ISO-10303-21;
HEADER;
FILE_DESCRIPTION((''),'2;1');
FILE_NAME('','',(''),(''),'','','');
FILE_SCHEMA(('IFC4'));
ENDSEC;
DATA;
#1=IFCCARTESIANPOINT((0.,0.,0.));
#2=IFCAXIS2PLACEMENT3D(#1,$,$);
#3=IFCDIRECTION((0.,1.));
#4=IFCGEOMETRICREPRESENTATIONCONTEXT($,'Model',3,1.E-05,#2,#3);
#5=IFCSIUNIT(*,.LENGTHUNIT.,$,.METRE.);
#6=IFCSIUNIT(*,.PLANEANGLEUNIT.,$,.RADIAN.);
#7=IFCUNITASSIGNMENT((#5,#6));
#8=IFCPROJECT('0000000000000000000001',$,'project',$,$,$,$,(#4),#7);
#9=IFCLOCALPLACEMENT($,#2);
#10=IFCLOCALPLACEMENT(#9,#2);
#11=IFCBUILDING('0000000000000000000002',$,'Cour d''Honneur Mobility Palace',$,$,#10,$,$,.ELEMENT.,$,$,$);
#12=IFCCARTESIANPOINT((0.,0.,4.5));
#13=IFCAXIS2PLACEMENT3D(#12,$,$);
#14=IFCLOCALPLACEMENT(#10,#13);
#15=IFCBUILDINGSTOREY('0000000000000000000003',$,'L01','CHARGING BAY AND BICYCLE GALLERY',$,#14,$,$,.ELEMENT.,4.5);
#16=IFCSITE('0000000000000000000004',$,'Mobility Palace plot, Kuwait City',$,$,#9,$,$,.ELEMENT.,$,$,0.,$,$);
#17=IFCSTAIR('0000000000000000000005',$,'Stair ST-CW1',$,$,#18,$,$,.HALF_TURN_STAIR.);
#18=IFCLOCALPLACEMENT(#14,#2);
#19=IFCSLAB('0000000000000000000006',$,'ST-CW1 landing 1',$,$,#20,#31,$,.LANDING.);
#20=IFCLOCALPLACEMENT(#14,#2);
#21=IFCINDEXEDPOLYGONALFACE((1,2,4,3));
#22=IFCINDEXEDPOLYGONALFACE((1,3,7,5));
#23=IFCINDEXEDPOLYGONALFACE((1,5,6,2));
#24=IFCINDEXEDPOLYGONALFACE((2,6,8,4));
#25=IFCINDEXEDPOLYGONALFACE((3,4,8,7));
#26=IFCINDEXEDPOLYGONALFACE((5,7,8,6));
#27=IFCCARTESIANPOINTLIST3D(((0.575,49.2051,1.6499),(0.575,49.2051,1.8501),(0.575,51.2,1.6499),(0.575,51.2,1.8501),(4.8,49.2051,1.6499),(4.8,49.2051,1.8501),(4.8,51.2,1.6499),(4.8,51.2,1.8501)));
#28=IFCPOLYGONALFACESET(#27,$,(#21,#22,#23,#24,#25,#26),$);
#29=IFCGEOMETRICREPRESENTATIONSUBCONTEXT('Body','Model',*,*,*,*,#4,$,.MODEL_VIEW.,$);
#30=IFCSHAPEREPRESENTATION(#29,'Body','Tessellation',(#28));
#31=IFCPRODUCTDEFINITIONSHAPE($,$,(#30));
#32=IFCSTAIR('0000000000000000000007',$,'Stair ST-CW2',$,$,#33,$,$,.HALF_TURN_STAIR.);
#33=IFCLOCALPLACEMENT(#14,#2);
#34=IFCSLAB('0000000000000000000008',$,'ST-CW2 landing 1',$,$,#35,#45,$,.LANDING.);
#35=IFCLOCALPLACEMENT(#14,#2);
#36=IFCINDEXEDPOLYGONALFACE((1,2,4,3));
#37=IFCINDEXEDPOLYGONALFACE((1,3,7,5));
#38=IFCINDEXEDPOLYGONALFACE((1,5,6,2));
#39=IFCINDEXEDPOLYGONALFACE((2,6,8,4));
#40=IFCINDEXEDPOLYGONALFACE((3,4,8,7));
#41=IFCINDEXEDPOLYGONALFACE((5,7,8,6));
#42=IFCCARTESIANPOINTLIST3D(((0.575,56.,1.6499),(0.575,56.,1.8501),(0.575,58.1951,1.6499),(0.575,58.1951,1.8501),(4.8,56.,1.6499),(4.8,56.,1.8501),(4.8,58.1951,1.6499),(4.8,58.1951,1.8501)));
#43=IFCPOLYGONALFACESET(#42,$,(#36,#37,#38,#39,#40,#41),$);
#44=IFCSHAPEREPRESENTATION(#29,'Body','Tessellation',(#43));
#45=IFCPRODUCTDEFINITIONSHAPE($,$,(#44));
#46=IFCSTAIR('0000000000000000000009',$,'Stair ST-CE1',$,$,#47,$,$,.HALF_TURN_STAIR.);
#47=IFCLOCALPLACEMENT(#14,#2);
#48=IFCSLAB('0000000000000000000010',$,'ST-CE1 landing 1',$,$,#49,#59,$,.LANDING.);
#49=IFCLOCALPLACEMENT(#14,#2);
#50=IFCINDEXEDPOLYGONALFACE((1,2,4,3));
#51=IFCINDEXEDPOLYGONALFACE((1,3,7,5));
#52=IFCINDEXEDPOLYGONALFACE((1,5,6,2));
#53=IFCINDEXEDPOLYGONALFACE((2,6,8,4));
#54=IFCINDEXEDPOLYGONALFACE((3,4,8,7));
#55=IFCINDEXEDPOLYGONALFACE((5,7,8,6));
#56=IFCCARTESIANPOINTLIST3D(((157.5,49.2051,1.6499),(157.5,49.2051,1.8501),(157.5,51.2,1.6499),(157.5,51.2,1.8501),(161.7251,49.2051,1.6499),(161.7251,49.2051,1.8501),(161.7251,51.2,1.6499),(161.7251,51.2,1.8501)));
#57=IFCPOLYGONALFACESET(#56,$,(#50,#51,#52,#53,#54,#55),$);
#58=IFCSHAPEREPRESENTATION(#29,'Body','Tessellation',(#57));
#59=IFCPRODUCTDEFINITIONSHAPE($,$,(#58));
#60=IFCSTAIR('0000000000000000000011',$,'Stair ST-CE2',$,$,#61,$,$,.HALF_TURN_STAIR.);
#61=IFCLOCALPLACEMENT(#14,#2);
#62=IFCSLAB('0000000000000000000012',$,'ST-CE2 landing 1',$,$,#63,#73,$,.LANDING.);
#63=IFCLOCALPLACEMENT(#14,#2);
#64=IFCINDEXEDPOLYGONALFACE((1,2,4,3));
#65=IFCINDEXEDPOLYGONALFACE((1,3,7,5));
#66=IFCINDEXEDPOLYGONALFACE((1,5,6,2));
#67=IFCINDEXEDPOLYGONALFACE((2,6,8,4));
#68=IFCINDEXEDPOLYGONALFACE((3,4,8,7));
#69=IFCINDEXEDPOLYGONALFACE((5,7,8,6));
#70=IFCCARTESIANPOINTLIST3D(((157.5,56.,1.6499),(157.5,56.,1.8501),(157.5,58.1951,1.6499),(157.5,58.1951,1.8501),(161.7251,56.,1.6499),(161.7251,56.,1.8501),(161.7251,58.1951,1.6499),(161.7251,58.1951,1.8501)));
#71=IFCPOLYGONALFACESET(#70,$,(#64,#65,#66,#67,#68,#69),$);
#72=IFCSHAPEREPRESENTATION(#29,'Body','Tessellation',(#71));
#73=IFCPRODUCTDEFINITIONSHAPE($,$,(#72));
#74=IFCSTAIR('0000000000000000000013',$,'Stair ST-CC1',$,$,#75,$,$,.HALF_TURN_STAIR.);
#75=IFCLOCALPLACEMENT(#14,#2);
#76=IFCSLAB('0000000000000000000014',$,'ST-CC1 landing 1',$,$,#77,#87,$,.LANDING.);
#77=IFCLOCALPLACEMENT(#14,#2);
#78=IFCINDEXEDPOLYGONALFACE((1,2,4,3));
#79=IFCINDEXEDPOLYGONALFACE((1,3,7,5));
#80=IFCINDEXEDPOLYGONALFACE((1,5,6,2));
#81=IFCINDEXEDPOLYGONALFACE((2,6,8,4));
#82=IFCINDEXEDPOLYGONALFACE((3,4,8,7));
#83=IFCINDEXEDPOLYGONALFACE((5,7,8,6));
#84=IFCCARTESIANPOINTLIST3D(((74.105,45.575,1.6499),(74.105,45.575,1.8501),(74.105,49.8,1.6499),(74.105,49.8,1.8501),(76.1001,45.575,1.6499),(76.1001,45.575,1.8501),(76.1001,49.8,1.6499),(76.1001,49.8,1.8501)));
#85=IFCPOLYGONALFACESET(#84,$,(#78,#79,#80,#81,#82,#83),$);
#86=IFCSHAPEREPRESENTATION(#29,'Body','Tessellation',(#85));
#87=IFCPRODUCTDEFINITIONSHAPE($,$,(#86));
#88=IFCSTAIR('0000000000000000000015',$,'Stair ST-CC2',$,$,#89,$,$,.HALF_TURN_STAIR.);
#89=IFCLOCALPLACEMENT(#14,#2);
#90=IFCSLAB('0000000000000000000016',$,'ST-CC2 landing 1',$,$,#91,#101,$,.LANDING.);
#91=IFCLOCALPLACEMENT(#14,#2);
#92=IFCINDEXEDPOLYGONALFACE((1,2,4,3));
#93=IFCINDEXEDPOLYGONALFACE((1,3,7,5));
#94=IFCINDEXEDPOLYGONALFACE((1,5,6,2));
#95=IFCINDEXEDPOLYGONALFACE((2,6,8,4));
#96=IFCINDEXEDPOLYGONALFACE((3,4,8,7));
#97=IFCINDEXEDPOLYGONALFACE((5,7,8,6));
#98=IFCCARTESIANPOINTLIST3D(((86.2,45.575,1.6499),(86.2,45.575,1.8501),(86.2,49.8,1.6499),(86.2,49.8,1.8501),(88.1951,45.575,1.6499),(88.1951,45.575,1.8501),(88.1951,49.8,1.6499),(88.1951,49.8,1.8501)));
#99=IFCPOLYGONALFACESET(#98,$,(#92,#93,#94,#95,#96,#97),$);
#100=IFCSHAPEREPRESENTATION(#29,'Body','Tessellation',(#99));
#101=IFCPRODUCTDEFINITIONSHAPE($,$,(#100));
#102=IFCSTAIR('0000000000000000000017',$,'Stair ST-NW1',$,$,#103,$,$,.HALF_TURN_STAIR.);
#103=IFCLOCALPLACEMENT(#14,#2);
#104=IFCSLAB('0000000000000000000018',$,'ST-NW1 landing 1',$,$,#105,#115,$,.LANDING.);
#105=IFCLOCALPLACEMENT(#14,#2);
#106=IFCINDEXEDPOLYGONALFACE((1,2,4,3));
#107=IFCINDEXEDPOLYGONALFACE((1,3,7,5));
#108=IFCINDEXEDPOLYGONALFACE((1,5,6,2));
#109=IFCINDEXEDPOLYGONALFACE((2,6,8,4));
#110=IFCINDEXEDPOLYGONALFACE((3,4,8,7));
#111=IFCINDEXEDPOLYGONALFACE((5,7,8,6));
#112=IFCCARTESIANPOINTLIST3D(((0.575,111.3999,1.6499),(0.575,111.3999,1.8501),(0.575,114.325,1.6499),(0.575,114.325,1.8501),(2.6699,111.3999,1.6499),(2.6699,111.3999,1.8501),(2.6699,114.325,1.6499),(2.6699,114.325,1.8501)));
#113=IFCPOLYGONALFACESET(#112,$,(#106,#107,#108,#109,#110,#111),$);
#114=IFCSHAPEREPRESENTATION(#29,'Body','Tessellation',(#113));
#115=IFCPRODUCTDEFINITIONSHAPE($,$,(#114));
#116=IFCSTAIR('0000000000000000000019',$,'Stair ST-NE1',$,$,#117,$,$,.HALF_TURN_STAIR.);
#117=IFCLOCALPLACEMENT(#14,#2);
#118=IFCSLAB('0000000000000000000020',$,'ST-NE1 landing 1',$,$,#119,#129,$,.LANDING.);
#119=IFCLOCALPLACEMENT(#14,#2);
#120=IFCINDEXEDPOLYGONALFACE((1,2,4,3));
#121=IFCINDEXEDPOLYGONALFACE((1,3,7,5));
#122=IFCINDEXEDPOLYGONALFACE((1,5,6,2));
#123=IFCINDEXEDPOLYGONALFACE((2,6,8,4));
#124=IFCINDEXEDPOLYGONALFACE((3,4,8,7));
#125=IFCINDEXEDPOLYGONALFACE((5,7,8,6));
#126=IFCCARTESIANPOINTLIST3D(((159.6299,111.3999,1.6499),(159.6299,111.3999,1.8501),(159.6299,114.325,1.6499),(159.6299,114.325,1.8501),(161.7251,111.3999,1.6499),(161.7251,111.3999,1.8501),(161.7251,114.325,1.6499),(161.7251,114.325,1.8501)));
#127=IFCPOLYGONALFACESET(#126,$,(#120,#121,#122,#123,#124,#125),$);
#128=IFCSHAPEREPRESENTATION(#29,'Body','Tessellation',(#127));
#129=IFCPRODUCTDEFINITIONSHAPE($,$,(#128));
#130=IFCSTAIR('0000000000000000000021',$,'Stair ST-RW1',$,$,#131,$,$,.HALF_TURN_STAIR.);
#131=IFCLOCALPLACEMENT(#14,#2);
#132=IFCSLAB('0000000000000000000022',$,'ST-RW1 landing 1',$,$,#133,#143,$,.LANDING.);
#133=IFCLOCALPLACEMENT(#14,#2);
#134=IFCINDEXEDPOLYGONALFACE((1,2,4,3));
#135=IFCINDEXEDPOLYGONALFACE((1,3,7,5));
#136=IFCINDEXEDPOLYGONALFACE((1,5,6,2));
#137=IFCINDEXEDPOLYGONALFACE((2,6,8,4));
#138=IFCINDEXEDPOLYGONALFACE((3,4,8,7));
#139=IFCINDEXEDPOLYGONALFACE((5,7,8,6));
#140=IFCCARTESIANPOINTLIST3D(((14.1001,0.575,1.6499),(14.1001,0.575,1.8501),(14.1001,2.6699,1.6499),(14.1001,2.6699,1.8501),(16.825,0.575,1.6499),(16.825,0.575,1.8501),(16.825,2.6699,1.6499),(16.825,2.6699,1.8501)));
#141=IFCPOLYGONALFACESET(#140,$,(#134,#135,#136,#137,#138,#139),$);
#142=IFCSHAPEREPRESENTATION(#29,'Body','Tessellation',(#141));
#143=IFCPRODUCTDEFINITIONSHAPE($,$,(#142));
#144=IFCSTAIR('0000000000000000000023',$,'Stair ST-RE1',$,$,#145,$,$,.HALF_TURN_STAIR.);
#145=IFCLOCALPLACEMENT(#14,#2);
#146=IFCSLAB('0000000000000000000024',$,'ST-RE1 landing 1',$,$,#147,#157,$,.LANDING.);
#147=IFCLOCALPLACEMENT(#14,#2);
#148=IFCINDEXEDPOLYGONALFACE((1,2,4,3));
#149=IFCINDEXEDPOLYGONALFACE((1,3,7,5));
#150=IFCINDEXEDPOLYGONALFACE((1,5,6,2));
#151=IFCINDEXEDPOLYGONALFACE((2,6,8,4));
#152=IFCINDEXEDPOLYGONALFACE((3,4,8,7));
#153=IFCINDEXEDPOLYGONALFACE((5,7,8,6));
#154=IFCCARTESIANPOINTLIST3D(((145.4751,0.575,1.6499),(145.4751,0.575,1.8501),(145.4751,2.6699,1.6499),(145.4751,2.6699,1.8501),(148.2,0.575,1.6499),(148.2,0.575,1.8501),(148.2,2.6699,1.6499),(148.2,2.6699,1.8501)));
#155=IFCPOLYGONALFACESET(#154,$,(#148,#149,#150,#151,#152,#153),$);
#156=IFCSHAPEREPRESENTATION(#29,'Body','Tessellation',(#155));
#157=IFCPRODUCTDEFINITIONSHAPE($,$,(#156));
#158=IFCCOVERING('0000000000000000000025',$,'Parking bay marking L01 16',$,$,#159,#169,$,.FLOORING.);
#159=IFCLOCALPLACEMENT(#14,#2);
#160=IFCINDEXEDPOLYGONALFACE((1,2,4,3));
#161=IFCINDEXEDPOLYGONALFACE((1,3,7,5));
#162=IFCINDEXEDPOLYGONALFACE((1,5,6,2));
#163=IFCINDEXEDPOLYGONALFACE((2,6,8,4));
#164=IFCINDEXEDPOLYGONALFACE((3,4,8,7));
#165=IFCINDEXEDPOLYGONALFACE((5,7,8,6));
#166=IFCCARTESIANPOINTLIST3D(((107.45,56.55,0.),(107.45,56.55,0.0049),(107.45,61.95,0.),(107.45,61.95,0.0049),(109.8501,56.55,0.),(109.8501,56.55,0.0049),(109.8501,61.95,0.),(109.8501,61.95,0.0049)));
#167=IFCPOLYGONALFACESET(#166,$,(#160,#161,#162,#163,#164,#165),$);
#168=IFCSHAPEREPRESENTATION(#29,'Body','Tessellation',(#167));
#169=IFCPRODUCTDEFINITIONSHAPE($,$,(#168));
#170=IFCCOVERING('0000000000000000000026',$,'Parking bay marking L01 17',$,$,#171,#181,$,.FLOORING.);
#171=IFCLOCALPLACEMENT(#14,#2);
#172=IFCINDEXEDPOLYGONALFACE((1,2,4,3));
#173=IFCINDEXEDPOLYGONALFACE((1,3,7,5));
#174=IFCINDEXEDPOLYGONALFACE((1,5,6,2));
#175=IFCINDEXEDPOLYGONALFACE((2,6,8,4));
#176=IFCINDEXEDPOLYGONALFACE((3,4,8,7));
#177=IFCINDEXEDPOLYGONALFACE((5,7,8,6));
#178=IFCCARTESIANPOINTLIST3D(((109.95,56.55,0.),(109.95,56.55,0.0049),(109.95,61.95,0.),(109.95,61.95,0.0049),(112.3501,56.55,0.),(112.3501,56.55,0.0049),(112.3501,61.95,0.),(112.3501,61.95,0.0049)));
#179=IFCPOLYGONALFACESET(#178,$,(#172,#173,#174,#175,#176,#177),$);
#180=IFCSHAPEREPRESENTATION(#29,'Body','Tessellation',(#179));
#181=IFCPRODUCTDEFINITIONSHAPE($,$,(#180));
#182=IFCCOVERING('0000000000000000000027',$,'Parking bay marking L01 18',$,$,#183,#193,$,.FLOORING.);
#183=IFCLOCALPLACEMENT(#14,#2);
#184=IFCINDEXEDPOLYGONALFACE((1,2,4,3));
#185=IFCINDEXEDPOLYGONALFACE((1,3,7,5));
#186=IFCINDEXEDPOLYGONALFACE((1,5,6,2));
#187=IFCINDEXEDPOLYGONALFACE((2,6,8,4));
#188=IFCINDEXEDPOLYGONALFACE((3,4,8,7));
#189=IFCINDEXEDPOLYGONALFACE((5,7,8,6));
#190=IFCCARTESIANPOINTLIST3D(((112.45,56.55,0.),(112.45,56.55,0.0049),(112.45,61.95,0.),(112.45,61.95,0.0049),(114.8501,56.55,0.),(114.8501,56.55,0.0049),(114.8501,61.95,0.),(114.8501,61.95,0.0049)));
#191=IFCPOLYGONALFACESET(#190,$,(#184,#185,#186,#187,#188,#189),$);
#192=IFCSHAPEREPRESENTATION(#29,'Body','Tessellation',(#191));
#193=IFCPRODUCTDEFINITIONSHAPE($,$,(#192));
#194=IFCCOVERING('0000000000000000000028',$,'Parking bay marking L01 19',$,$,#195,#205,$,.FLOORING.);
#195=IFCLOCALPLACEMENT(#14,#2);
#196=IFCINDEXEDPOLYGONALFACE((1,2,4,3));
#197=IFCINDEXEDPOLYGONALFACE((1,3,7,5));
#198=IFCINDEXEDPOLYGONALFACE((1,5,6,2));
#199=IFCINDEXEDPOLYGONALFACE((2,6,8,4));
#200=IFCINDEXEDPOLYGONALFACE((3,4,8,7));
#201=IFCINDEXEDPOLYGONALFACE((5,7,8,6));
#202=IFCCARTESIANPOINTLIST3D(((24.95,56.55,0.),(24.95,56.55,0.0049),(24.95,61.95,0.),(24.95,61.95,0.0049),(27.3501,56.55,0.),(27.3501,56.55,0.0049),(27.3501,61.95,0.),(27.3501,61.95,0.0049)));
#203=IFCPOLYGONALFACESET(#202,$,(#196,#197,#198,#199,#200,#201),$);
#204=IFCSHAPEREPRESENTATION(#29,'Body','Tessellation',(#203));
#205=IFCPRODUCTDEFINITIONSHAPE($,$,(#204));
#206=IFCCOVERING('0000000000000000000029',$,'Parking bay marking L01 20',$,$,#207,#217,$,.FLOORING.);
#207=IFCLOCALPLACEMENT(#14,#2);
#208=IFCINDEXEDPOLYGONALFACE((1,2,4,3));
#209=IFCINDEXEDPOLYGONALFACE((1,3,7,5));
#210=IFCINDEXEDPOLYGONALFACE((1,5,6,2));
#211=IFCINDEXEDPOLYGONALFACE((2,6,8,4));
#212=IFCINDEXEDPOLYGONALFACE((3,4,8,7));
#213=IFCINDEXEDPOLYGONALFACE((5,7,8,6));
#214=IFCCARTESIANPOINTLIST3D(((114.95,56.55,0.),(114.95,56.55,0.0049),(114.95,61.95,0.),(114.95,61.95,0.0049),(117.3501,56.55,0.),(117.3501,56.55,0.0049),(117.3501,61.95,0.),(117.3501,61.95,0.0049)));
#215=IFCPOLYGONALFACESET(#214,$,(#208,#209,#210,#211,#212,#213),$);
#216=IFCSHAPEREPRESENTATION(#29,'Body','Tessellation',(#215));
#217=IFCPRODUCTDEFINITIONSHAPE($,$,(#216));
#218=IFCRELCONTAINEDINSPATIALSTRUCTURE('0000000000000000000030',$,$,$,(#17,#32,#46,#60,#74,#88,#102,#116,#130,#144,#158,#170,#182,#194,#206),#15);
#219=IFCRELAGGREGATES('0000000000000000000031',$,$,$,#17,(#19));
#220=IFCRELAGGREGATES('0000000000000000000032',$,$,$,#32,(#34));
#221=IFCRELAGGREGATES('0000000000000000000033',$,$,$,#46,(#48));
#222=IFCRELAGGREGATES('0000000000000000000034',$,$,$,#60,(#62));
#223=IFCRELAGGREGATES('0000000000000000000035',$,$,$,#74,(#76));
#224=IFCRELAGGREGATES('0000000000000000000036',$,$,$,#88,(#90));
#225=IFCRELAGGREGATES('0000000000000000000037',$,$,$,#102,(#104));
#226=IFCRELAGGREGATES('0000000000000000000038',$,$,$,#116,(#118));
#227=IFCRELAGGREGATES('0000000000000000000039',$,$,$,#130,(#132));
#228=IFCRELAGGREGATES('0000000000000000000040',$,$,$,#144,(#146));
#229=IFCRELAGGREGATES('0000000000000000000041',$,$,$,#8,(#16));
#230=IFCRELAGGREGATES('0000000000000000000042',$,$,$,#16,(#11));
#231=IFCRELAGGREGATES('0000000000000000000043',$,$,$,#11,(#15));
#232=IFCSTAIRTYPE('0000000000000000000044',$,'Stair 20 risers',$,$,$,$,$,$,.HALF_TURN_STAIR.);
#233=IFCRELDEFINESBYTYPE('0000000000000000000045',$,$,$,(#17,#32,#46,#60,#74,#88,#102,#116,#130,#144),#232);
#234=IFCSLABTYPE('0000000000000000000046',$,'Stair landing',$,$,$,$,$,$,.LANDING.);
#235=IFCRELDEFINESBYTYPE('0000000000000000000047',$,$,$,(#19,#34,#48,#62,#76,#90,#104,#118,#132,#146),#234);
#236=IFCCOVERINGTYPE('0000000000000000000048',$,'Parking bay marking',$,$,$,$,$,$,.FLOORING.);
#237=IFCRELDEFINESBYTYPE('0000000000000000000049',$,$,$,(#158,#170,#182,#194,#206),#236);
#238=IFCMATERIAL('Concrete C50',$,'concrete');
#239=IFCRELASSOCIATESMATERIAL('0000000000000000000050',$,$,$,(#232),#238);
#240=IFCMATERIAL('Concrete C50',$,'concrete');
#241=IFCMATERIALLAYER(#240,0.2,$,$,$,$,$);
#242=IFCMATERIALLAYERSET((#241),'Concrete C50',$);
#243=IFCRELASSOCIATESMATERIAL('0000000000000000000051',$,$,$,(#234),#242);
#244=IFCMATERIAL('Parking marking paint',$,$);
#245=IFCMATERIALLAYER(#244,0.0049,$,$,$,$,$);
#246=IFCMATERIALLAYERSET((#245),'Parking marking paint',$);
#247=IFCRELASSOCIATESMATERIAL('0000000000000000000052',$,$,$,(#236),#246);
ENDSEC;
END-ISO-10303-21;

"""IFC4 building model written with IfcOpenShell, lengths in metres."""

from ifc_helpers import new_model, si_unit, direction, frame, origin, place, context, subcontext, project, spatial, polyline, outline, extrude, material, layer, layer_set, type_object, element, aggregate, save


model = new_model("IFC4")

# Units and contexts
model_context = context("Model", 3, precision=1e-05, world=origin(), true_north=direction((0.0, 1.0)))
body_context = subcontext(model_context, "Body", "Model", "MODEL_VIEW")
ifc_project = project(units=[si_unit("LENGTHUNIT", "METRE"), si_unit("PLANEANGLEUNIT", "RADIAN")], contexts=[model_context])

# Site, building, storey
site_placement = place(None, origin())
site = spatial("IfcSite", under=ifc_project, at=site_placement, Name="Mobility Palace plot, Kuwait City", CompositionType="ELEMENT", RefElevation=0.0)
building_placement = place(site_placement, origin())
building = spatial("IfcBuilding", under=site, at=building_placement, Name="Cour d'Honneur Mobility Palace", CompositionType="ELEMENT")
storey_placement = place(building_placement, frame((0.0, 0.0, 4.5)))
storey = spatial("IfcBuildingStorey", under=building, at=storey_placement, Name="L01", Description="CHARGING BAY AND BICYCLE GALLERY", CompositionType="ELEMENT", Elevation=4.5)

# Stairs, slabs
ifc_material_1 = material(Name="Concrete C50", Category="concrete")
stair_type = type_object("IfcStairType", Name="Stair 20 risers", PredefinedType="HALF_TURN_STAIR", material=ifc_material_1)
stair_1_placement = place(storey_placement, origin())
stair_1 = element("IfcStair", 1, at=stair_1_placement, inside=storey, type_object=stair_type, Name="Stair ST-CW1", PredefinedType="HALF_TURN_STAIR")
ifc_material_2 = material(Name="Concrete C50", Category="concrete")
ifc_layer_1 = layer(ifc_material_2, 0.2)
ifc_layer_set_1 = layer_set([ifc_layer_1], Name="Concrete C50")
slab_type = type_object("IfcSlabType", Name="Stair landing", PredefinedType="LANDING", material=ifc_layer_set_1)
slab_1_placement = place(storey_placement, frame((0.0, 0.0, 1.6499)))
slab_1 = element("IfcSlab", 2, at=slab_1_placement, type_object=slab_type, Name="ST-CW1 landing 1", PredefinedType="LANDING", context=body_context, shape_type="SweptSolid", body=[
    extrude(outline(polyline([(0.575, 49.2051), (4.8, 49.2051), (4.8, 51.2), (0.575, 51.2), (0.575, 49.2051)])), origin(), (0.0, 0.0, 1.0), 0.2002),
])
aggregate(stair_1, [slab_1])
stair_2_placement = place(storey_placement, origin())
stair_2 = element("IfcStair", 3, at=stair_2_placement, inside=storey, type_object=stair_type, Name="Stair ST-CW2", PredefinedType="HALF_TURN_STAIR")
slab_2_placement = place(storey_placement, frame((0.0, 0.0, 1.6499)))
slab_2 = element("IfcSlab", 4, at=slab_2_placement, type_object=slab_type, Name="ST-CW2 landing 1", PredefinedType="LANDING", context=body_context, shape_type="SweptSolid", body=[
    extrude(outline(polyline([(0.575, 56.0), (4.8, 56.0), (4.8, 58.1951), (0.575, 58.1951), (0.575, 56.0)])), origin(), (0.0, 0.0, 1.0), 0.2002),
])
aggregate(stair_2, [slab_2])
stair_3_placement = place(storey_placement, origin())
stair_3 = element("IfcStair", 5, at=stair_3_placement, inside=storey, type_object=stair_type, Name="Stair ST-CE1", PredefinedType="HALF_TURN_STAIR")
slab_3_placement = place(storey_placement, frame((0.0, 0.0, 1.6499)))
slab_3 = element("IfcSlab", 6, at=slab_3_placement, type_object=slab_type, Name="ST-CE1 landing 1", PredefinedType="LANDING", context=body_context, shape_type="SweptSolid", body=[
    extrude(outline(polyline([(157.5, 49.2051), (161.7251, 49.2051), (161.7251, 51.2), (157.5, 51.2), (157.5, 49.2051)])), origin(), (0.0, 0.0, 1.0), 0.2002),
])
aggregate(stair_3, [slab_3])
stair_4_placement = place(storey_placement, origin())
stair_4 = element("IfcStair", 7, at=stair_4_placement, inside=storey, type_object=stair_type, Name="Stair ST-CE2", PredefinedType="HALF_TURN_STAIR")
slab_4_placement = place(storey_placement, frame((0.0, 0.0, 1.6499)))
slab_4 = element("IfcSlab", 8, at=slab_4_placement, type_object=slab_type, Name="ST-CE2 landing 1", PredefinedType="LANDING", context=body_context, shape_type="SweptSolid", body=[
    extrude(outline(polyline([(157.5, 56.0), (161.7251, 56.0), (161.7251, 58.1951), (157.5, 58.1951), (157.5, 56.0)])), origin(), (0.0, 0.0, 1.0), 0.2002),
])
aggregate(stair_4, [slab_4])
stair_5_placement = place(storey_placement, origin())
stair_5 = element("IfcStair", 9, at=stair_5_placement, inside=storey, type_object=stair_type, Name="Stair ST-CC1", PredefinedType="HALF_TURN_STAIR")
slab_5_placement = place(storey_placement, frame((0.0, 0.0, 1.6499)))
slab_5 = element("IfcSlab", 10, at=slab_5_placement, type_object=slab_type, Name="ST-CC1 landing 1", PredefinedType="LANDING", context=body_context, shape_type="SweptSolid", body=[
    extrude(outline(polyline([(74.105, 45.575), (76.1001, 45.575), (76.1001, 49.8), (74.105, 49.8), (74.105, 45.575)])), origin(), (0.0, 0.0, 1.0), 0.2002),
])
aggregate(stair_5, [slab_5])
stair_6_placement = place(storey_placement, origin())
stair_6 = element("IfcStair", 11, at=stair_6_placement, inside=storey, type_object=stair_type, Name="Stair ST-CC2", PredefinedType="HALF_TURN_STAIR")
slab_6_placement = place(storey_placement, frame((0.0, 0.0, 1.6499)))
slab_6 = element("IfcSlab", 12, at=slab_6_placement, type_object=slab_type, Name="ST-CC2 landing 1", PredefinedType="LANDING", context=body_context, shape_type="SweptSolid", body=[
    extrude(outline(polyline([(86.2, 45.575), (88.1951, 45.575), (88.1951, 49.8), (86.2, 49.8), (86.2, 45.575)])), origin(), (0.0, 0.0, 1.0), 0.2002),
])
aggregate(stair_6, [slab_6])
stair_7_placement = place(storey_placement, origin())
stair_7 = element("IfcStair", 13, at=stair_7_placement, inside=storey, type_object=stair_type, Name="Stair ST-NW1", PredefinedType="HALF_TURN_STAIR")
slab_7_placement = place(storey_placement, frame((0.0, 0.0, 1.6499)))
slab_7 = element("IfcSlab", 14, at=slab_7_placement, type_object=slab_type, Name="ST-NW1 landing 1", PredefinedType="LANDING", context=body_context, shape_type="SweptSolid", body=[
    extrude(outline(polyline([(0.575, 111.3999), (2.6699, 111.3999), (2.6699, 114.325), (0.575, 114.325), (0.575, 111.3999)])), origin(), (0.0, 0.0, 1.0), 0.2002),
])
aggregate(stair_7, [slab_7])
stair_8_placement = place(storey_placement, origin())
stair_8 = element("IfcStair", 15, at=stair_8_placement, inside=storey, type_object=stair_type, Name="Stair ST-NE1", PredefinedType="HALF_TURN_STAIR")
slab_8_placement = place(storey_placement, frame((0.0, 0.0, 1.6499)))
slab_8 = element("IfcSlab", 16, at=slab_8_placement, type_object=slab_type, Name="ST-NE1 landing 1", PredefinedType="LANDING", context=body_context, shape_type="SweptSolid", body=[
    extrude(outline(polyline([(159.6299, 111.3999), (161.7251, 111.3999), (161.7251, 114.325), (159.6299, 114.325), (159.6299, 111.3999)])), origin(), (0.0, 0.0, 1.0), 0.2002),
])
aggregate(stair_8, [slab_8])
stair_9_placement = place(storey_placement, origin())
stair_9 = element("IfcStair", 17, at=stair_9_placement, inside=storey, type_object=stair_type, Name="Stair ST-RW1", PredefinedType="HALF_TURN_STAIR")
slab_9_placement = place(storey_placement, frame((0.0, 0.0, 1.6499)))
slab_9 = element("IfcSlab", 18, at=slab_9_placement, type_object=slab_type, Name="ST-RW1 landing 1", PredefinedType="LANDING", context=body_context, shape_type="SweptSolid", body=[
    extrude(outline(polyline([(14.1001, 0.575), (16.825, 0.575), (16.825, 2.6699), (14.1001, 2.6699), (14.1001, 0.575)])), origin(), (0.0, 0.0, 1.0), 0.2002),
])
aggregate(stair_9, [slab_9])
stair_10_placement = place(storey_placement, origin())
stair_10 = element("IfcStair", 19, at=stair_10_placement, inside=storey, type_object=stair_type, Name="Stair ST-RE1", PredefinedType="HALF_TURN_STAIR")
slab_10_placement = place(storey_placement, frame((0.0, 0.0, 1.6499)))
slab_10 = element("IfcSlab", 20, at=slab_10_placement, type_object=slab_type, Name="ST-RE1 landing 1", PredefinedType="LANDING", context=body_context, shape_type="SweptSolid", body=[
    extrude(outline(polyline([(145.4751, 0.575), (148.2, 0.575), (148.2, 2.6699), (145.4751, 2.6699), (145.4751, 0.575)])), origin(), (0.0, 0.0, 1.0), 0.2002),
])
aggregate(stair_10, [slab_10])

# Coverings
ifc_material_3 = material(Name="Parking marking paint")
ifc_layer_2 = layer(ifc_material_3, 0.0049)
ifc_layer_set_2 = layer_set([ifc_layer_2], Name="Parking marking paint")
covering_type_1 = type_object("IfcCoveringType", Name="Parking bay marking", PredefinedType="FLOORING", material=ifc_layer_set_2)
covering_1_placement = place(storey_placement, origin())
element("IfcCovering", 21, at=covering_1_placement, inside=storey, type_object=covering_type_1, Name="Parking bay marking L01 16", PredefinedType="FLOORING", context=body_context, shape_type="SweptSolid", body=[
    extrude(outline(polyline([(109.8501, 56.55), (107.45, 56.55), (107.45, 61.95), (109.8501, 61.95), (109.8501, 56.55)])), origin(), (0.0, 0.0, 1.0), 0.0049),
])
covering_2_placement = place(storey_placement, origin())
element("IfcCovering", 22, at=covering_2_placement, inside=storey, type_object=covering_type_1, Name="Parking bay marking L01 17", PredefinedType="FLOORING", context=body_context, shape_type="SweptSolid", body=[
    extrude(outline(polyline([(112.3501, 56.55), (109.95, 56.55), (109.95, 61.95), (112.3501, 61.95), (112.3501, 56.55)])), origin(), (0.0, 0.0, 1.0), 0.0049),
])
covering_3_placement = place(storey_placement, origin())
element("IfcCovering", 23, at=covering_3_placement, inside=storey, type_object=covering_type_1, Name="Parking bay marking L01 18", PredefinedType="FLOORING", context=body_context, shape_type="SweptSolid", body=[
    extrude(outline(polyline([(114.8501, 56.55), (112.45, 56.55), (112.45, 61.95), (114.8501, 61.95), (114.8501, 56.55)])), origin(), (0.0, 0.0, 1.0), 0.0049),
])
covering_4_placement = place(storey_placement, origin())
element("IfcCovering", 24, at=covering_4_placement, inside=storey, type_object=covering_type_1, Name="Parking bay marking L01 19", PredefinedType="FLOORING", context=body_context, shape_type="SweptSolid", body=[
    extrude(outline(polyline([(27.3501, 56.55), (24.95, 56.55), (24.95, 61.95), (27.3501, 61.95), (27.3501, 56.55)])), origin(), (0.0, 0.0, 1.0), 0.0049),
])
covering_5_placement = place(storey_placement, origin())
element("IfcCovering", 25, at=covering_5_placement, inside=storey, type_object=covering_type_1, Name="Parking bay marking L01 20", PredefinedType="FLOORING", context=body_context, shape_type="SweptSolid", body=[
    extrude(outline(polyline([(117.3501, 56.55), (114.95, 56.55), (114.95, 61.95), (117.3501, 61.95), (117.3501, 56.55)])), origin(), (0.0, 0.0, 1.0), 0.0049),
])

save(model, "model.ifc")
